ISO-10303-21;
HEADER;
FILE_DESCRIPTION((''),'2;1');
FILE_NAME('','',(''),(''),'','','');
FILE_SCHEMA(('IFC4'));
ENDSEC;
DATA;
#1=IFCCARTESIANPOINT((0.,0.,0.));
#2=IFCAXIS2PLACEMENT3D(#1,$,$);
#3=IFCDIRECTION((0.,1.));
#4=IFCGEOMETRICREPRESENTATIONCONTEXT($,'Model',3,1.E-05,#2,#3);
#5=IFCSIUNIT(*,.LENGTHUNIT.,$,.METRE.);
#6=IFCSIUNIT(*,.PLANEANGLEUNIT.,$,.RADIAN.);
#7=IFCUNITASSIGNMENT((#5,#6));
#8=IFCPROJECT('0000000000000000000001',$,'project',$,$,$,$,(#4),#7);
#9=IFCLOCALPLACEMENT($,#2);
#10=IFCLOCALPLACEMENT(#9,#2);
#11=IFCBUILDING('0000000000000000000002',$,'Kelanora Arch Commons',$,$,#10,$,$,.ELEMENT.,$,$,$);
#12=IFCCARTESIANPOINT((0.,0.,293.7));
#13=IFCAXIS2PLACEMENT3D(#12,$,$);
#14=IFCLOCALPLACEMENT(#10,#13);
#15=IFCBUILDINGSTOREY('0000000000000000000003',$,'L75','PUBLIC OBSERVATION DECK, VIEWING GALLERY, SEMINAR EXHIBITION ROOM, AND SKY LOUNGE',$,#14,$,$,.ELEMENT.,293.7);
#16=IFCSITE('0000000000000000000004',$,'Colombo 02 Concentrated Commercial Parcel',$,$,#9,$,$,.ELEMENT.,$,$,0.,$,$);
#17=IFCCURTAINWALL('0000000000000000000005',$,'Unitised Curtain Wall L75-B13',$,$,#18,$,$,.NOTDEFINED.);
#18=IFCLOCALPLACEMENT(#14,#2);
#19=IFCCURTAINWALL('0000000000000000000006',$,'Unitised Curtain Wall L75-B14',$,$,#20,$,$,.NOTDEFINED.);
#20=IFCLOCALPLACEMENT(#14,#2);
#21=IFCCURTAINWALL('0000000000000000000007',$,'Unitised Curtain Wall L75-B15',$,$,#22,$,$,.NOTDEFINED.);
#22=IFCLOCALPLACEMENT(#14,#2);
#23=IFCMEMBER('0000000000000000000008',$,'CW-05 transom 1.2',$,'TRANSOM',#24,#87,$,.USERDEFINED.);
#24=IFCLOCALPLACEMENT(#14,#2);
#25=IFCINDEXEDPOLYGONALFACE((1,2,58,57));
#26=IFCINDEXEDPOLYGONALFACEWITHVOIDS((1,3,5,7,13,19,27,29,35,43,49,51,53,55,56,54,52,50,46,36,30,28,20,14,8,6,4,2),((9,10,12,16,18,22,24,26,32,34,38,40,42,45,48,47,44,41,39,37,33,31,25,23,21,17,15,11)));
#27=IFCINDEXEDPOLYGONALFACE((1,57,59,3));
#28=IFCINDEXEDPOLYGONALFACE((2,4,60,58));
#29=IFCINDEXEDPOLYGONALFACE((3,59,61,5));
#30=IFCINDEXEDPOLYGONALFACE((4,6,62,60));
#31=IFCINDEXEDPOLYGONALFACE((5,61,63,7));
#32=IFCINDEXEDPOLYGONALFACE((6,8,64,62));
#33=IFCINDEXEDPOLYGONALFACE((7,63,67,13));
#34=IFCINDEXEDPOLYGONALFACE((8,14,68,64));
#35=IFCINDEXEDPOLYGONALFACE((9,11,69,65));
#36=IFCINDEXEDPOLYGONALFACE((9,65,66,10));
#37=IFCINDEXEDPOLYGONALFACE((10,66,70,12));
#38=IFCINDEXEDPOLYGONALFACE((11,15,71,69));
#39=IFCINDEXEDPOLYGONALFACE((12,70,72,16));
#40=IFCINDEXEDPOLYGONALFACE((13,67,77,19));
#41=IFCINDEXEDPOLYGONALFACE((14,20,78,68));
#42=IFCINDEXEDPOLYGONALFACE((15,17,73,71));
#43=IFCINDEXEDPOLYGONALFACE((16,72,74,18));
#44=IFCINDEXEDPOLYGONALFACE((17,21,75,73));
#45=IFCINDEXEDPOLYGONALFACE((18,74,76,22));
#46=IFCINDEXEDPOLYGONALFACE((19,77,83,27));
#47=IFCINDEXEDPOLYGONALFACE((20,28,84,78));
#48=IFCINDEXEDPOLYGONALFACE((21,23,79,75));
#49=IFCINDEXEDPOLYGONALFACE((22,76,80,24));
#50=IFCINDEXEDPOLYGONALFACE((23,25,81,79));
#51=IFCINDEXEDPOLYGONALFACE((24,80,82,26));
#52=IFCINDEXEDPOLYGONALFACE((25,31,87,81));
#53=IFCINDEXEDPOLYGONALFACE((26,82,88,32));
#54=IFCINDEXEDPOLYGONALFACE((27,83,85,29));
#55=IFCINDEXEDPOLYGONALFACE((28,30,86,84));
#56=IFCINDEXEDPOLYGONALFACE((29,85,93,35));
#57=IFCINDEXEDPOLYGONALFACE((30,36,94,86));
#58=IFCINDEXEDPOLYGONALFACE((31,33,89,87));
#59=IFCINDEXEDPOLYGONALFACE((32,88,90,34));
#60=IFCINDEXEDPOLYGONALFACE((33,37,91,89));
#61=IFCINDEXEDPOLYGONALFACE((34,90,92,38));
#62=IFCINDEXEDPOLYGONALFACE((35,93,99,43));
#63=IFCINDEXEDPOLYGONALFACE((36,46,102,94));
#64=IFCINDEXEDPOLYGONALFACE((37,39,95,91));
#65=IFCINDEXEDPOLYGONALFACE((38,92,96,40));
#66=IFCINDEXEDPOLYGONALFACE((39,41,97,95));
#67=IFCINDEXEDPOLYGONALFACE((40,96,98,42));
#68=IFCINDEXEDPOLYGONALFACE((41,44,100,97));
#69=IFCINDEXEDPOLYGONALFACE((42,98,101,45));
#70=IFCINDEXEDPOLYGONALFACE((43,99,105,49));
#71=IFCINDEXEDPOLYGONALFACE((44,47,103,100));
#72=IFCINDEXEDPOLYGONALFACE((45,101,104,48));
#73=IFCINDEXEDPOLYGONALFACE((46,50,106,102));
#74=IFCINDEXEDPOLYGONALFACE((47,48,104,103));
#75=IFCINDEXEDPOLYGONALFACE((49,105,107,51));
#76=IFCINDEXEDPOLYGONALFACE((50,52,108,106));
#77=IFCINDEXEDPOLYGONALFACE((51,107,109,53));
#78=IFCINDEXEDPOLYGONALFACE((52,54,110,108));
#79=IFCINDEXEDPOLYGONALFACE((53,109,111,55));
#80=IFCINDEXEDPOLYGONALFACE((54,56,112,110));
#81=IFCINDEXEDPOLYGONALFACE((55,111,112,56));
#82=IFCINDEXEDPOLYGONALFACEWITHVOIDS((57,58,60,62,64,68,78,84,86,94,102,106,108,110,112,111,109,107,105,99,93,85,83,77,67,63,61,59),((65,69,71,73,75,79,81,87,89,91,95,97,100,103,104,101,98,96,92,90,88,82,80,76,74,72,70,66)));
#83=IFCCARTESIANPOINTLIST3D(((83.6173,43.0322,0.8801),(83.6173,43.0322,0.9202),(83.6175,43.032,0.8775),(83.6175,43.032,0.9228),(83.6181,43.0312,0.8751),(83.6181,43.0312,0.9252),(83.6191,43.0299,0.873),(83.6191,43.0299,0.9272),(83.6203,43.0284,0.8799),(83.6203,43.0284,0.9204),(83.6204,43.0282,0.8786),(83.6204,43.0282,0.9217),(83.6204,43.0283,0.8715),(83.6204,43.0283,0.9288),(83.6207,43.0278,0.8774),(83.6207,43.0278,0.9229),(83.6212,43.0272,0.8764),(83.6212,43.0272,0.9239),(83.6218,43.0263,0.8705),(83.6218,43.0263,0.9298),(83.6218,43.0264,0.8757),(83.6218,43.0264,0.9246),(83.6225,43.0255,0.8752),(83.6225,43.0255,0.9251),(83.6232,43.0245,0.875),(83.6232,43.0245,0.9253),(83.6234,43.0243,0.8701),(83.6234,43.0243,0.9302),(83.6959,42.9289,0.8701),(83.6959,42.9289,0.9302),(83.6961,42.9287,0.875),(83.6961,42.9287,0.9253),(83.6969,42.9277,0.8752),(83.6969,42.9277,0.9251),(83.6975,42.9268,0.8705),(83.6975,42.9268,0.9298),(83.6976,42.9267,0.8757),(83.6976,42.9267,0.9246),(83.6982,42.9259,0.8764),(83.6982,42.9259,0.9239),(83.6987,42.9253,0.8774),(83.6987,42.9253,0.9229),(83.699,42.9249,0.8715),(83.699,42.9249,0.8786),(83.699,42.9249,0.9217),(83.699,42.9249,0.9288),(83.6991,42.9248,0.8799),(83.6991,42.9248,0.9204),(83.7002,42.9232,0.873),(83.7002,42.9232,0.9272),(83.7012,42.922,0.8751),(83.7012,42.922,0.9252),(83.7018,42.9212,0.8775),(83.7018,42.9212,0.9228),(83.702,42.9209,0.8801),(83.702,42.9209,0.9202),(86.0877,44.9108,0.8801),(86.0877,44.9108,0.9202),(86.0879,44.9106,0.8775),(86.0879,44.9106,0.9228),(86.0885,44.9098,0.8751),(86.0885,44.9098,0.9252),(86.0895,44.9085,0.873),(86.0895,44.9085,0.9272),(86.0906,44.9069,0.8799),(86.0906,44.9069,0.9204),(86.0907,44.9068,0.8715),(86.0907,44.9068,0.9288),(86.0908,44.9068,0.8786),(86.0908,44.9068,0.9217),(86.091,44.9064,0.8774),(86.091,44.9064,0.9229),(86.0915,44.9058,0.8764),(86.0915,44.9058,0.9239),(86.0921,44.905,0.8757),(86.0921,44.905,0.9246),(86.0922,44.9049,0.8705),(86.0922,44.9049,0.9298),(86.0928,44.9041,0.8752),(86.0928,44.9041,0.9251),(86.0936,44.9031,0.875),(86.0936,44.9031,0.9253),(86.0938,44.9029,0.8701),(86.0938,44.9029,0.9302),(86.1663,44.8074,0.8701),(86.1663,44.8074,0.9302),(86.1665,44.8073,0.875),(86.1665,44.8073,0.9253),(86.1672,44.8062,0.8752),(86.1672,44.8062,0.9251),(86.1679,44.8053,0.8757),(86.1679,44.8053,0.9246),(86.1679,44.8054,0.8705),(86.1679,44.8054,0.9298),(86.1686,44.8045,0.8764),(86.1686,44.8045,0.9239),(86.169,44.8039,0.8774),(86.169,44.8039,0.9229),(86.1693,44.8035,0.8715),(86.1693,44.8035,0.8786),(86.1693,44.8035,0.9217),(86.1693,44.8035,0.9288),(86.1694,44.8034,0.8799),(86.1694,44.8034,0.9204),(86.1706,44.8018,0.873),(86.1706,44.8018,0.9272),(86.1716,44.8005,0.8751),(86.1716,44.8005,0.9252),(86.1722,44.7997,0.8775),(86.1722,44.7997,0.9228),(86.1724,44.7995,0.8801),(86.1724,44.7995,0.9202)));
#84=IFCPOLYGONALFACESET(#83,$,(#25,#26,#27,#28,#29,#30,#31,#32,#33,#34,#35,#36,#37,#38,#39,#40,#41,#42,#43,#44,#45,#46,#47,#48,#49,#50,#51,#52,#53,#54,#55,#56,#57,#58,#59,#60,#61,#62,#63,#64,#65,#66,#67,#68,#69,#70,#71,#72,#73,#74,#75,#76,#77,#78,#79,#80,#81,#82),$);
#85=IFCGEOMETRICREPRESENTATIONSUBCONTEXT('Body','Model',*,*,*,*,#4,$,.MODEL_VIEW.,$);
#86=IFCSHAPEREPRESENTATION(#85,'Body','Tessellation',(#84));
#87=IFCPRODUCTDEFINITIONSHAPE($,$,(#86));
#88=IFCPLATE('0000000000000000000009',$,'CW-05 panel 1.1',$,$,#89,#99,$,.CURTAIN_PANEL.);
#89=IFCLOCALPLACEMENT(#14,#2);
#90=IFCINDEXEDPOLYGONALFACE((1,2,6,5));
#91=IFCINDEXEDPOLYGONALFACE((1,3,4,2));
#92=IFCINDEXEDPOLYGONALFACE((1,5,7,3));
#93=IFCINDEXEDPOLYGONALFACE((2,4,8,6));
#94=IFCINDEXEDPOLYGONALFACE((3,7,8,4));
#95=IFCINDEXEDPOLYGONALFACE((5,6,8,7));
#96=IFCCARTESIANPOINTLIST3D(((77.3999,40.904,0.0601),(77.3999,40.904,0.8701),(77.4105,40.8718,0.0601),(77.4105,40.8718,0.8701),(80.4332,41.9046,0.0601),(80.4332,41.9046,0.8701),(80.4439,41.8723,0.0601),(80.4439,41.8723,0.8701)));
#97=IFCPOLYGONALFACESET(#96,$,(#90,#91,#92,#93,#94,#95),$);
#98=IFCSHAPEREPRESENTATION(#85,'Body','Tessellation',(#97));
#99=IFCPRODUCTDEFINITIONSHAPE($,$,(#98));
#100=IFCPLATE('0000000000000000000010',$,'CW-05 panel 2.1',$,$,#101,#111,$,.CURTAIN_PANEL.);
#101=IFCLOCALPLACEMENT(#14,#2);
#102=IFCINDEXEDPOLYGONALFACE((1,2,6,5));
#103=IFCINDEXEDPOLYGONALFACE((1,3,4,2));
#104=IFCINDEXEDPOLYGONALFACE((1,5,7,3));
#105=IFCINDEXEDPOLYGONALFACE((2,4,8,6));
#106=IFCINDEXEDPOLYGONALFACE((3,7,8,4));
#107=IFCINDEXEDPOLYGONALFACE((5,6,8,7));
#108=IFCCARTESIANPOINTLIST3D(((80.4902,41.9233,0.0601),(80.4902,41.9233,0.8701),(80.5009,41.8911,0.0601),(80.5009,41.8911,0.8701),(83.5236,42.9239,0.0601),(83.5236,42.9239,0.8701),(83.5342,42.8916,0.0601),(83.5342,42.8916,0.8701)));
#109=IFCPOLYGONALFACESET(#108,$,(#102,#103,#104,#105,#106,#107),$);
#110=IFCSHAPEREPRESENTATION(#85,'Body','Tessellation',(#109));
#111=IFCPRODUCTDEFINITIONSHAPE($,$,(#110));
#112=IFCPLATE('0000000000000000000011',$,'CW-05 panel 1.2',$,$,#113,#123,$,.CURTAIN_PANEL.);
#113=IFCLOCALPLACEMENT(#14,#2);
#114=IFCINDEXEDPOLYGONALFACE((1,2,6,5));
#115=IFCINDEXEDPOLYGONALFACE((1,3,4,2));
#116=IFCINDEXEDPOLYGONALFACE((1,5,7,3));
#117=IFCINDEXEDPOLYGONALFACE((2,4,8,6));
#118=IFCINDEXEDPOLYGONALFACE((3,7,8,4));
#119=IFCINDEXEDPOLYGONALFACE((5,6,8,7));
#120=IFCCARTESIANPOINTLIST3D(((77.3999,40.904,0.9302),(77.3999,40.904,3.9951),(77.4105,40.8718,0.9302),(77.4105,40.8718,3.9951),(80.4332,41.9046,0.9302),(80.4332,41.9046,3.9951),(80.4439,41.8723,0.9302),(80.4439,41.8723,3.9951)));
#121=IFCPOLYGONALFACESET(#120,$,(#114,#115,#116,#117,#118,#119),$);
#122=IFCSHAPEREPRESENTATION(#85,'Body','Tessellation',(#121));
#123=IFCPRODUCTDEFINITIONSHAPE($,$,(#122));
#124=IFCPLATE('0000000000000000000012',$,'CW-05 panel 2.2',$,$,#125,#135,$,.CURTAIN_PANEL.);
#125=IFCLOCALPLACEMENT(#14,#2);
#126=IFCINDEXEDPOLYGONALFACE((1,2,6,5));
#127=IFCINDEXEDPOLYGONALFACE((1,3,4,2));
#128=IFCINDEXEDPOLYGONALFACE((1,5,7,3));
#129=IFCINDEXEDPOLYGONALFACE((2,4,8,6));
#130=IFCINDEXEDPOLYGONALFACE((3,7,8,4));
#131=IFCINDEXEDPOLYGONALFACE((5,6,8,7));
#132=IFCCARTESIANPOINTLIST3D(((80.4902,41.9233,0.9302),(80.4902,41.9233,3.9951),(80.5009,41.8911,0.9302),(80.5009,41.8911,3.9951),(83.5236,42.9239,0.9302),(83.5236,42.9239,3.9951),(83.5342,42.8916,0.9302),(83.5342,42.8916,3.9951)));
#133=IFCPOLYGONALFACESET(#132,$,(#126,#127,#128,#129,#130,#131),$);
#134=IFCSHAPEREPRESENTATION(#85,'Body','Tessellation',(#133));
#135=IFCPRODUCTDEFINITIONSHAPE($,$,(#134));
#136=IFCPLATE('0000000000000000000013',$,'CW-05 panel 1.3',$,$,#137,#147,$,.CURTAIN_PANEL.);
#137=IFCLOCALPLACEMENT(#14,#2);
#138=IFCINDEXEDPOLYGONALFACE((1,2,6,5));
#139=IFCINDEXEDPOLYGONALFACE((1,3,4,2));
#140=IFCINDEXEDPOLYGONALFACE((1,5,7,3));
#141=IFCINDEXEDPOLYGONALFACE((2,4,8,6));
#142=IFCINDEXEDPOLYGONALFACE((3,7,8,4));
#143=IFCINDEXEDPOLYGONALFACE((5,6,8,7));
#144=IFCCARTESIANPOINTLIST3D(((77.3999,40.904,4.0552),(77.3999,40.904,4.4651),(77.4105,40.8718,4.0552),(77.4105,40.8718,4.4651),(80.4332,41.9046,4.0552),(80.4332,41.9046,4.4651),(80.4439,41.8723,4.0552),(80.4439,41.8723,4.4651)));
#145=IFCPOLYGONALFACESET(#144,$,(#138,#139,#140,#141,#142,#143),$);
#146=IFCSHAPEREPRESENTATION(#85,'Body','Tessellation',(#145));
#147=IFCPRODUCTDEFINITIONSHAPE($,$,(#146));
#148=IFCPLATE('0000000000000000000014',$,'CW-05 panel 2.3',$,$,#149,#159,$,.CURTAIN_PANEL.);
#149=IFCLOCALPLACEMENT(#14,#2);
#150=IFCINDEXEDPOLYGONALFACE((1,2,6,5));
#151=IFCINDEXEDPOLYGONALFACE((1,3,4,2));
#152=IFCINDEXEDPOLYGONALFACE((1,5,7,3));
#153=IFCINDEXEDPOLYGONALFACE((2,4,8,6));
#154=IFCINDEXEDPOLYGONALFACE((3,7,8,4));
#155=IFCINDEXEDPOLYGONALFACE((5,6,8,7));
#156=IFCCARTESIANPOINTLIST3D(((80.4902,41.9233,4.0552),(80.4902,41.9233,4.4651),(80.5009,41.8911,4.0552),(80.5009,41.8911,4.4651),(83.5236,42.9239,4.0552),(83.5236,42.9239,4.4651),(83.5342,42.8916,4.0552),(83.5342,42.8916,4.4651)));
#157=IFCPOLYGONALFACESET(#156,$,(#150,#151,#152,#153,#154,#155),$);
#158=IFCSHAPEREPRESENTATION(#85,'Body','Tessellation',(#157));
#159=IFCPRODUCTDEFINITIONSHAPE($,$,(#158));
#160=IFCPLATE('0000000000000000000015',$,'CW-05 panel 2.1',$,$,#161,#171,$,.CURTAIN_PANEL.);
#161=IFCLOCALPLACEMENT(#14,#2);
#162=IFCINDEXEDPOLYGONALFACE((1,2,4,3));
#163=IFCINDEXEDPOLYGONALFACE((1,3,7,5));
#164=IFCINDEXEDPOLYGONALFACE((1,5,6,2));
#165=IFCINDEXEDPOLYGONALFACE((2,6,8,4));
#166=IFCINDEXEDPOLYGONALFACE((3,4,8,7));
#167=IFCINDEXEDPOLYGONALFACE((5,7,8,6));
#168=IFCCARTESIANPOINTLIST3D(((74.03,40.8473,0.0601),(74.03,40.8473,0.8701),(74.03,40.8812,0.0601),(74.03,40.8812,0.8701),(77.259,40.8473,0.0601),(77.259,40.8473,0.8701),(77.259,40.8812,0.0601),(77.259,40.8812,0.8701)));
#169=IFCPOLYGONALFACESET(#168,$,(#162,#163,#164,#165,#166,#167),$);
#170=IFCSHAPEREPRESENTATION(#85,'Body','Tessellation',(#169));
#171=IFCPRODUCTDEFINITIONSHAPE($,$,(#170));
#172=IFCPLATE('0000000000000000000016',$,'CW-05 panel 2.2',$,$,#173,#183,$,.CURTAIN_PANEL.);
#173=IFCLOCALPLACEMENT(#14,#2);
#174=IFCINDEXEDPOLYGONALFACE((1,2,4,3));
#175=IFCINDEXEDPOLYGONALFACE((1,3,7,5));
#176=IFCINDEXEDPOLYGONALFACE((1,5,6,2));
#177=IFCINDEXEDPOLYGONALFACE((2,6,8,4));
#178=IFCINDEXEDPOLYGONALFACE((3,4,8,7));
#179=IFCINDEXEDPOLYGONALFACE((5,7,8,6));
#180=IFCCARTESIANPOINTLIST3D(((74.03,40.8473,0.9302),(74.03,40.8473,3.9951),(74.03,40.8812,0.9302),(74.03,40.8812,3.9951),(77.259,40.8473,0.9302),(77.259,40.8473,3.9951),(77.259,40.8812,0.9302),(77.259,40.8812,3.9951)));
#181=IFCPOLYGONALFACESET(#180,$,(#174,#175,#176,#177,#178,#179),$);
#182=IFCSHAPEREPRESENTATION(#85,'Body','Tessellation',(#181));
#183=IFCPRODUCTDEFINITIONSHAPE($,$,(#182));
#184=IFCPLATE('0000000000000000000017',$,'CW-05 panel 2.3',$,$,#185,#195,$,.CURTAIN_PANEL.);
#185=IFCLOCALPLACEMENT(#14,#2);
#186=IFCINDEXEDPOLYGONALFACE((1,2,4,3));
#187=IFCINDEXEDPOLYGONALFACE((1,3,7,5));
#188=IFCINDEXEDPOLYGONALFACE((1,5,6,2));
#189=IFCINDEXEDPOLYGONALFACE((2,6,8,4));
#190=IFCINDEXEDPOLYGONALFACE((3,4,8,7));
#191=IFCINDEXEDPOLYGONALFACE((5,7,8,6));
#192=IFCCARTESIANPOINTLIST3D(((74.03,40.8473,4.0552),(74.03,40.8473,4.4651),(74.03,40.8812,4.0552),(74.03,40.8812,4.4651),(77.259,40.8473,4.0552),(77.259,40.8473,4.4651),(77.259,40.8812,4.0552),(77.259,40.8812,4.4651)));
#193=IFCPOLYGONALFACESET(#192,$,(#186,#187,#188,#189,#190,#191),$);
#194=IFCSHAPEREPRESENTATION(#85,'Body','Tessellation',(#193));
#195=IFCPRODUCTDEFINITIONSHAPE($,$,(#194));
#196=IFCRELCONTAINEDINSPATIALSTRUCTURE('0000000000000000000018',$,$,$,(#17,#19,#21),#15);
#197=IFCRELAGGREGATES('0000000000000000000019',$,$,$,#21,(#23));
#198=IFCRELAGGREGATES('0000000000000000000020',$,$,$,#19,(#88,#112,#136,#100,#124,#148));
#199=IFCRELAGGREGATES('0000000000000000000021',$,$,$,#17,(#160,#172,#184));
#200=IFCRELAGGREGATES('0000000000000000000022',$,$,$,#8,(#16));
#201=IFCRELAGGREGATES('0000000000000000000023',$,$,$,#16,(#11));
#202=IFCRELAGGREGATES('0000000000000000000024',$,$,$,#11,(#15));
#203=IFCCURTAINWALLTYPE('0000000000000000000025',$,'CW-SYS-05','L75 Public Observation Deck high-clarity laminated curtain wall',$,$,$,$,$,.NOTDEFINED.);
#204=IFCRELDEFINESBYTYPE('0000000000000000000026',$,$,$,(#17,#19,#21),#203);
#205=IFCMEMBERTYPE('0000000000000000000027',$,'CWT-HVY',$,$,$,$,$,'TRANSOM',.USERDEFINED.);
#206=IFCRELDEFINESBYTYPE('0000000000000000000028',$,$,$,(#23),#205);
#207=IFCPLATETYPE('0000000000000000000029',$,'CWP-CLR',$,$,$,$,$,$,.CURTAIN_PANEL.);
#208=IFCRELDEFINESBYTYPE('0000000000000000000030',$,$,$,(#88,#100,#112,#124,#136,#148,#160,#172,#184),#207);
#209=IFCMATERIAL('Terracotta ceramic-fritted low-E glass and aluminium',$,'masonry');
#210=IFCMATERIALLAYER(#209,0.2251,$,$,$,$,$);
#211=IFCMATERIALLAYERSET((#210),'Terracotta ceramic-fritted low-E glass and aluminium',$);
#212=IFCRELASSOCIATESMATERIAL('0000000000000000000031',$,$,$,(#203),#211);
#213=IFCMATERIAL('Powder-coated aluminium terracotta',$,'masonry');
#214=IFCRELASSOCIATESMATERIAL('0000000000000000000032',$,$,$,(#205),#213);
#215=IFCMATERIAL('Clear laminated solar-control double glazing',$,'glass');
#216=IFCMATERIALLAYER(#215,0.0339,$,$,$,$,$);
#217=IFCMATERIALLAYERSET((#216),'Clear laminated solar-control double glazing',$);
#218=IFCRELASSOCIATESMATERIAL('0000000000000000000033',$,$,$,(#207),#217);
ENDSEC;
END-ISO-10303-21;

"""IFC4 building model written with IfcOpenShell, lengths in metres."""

from ifc_helpers import new_model, si_unit, direction, frame, origin, origin_2d, place, context, subcontext, project, spatial, rectangle, hollow_rectangle, extrude, source, transform, mapped, material, layer, layer_set, material_profile, profile_set, type_object, element, aggregate, save


model = new_model("IFC4")

# Units and contexts
model_context = context("Model", 3, precision=1e-05, world=origin(), true_north=direction((0.0, 1.0)))
body_context = subcontext(model_context, "Body", "Model", "MODEL_VIEW")
ifc_project = project(units=[si_unit("LENGTHUNIT", "METRE"), si_unit("PLANEANGLEUNIT", "RADIAN")], contexts=[model_context])

# Site, building, storey
site_placement = place(None, origin())
site = spatial("IfcSite", under=ifc_project, at=site_placement, Name="Colombo 02 Concentrated Commercial Parcel", CompositionType="ELEMENT", RefElevation=0.0)
building_placement = place(site_placement, origin())
building = spatial("IfcBuilding", under=site, at=building_placement, Name="Kelanora Arch Commons", CompositionType="ELEMENT")
storey_placement = place(building_placement, frame((0.0, 0.0, 293.7)))
storey = spatial("IfcBuildingStorey", under=building, at=storey_placement, Name="L75", Description="PUBLIC OBSERVATION DECK, VIEWING GALLERY, SEMINAR EXHIBITION ROOM, AND SKY LOUNGE", CompositionType="ELEMENT", Elevation=293.7)

# Curtain walls
ifc_material_1 = material(Name="Terracotta ceramic-fritted low-E glass and aluminium", Category="masonry")
ifc_layer_1 = layer(ifc_material_1, 0.2251)
ifc_layer_set_1 = layer_set([ifc_layer_1], Name="Terracotta ceramic-fritted low-E glass and aluminium")
curtain_wall_type = type_object("IfcCurtainWallType", Name="CW-SYS-05", Description="L75 Public Observation Deck high-clarity laminated curtain wall", PredefinedType="NOTDEFINED", material=ifc_layer_set_1)
curtain_wall_1_placement = place(storey_placement, origin())
curtain_wall_1 = element("IfcCurtainWall", 1, at=curtain_wall_1_placement, inside=storey, type_object=curtain_wall_type, Name="Unitised Curtain Wall L75-B13", PredefinedType="NOTDEFINED")
ifc_material_2 = material(Name="Powder-coated aluminium terracotta", Category="masonry")
curtain_wall_2_placement = place(storey_placement, origin())
curtain_wall_2 = element("IfcCurtainWall", 2, at=curtain_wall_2_placement, inside=storey, type_object=curtain_wall_type, Name="Unitised Curtain Wall L75-B14", PredefinedType="NOTDEFINED")

# Curtain wall
curtain_wall_3_placement = place(storey_placement, origin())
curtain_wall_3 = element("IfcCurtainWall", 3, at=curtain_wall_3_placement, inside=storey, type_object=curtain_wall_type, Name="Unitised Curtain Wall L75-B15", PredefinedType="NOTDEFINED")

# Member
ifc_material_profile_1 = material_profile(ifc_material_2, hollow_rectangle(XDim=0.1399, YDim=0.0601, WallThickness=0.0049, InnerFilletRadius=0.0049, OuterFilletRadius=0.01, at=origin_2d()), Name="CWT140x60")
ifc_profile_set_1 = profile_set([ifc_material_profile_1], Name="Powder-coated aluminium terracotta")
member_type_1 = type_object("IfcMemberType", Name="CWT-HVY", ElementType="TRANSOM", PredefinedType="USERDEFINED", material=ifc_profile_set_1)
member_1_placement = place(storey_placement, frame((83.6597, 42.9766, 0.9001), z_axis=(0.795989, 0.605311, 0.0), x_axis=(-0.605311, 0.795989, 0.0)))
member_1 = element("IfcMember", 4, at=member_1_placement, type_object=member_type_1, Name="CW-05 transom 1.2", ObjectType="TRANSOM", PredefinedType="USERDEFINED", context=body_context, shape_type="SweptSolid", body=[
    extrude(hollow_rectangle(XDim=0.1399, YDim=0.0601, WallThickness=0.0049, InnerFilletRadius=0.0049, OuterFilletRadius=0.01, at=origin_2d()), origin(), (0.0, 0.0, 1.0), 3.1035),
])
aggregate(curtain_wall_3, [member_1])

# Plates
ifc_material_3 = material(Name="Clear laminated solar-control double glazing", Category="glass")
ifc_layer_2 = layer(ifc_material_3, 0.0339)
ifc_layer_set_2 = layer_set([ifc_layer_2], Name="Clear laminated solar-control double glazing")
plate_type = type_object("IfcPlateType", Name="CWP-CLR", PredefinedType="CURTAIN_PANEL", material=ifc_layer_set_2)
shared_shape_1 = source(origin(), body_context, "Body", "SweptSolid", [
    extrude(rectangle(XDim=3.1941, YDim=0.0339, at=origin_2d()), origin(), (0.0, 0.0, 1.0), 0.8101),
])
plate_1_placement = place(storey_placement, frame((78.9219, 41.3882, 0.0601), z_axis=(0.0, 0.0, 1.0), x_axis=(0.94967, 0.313253, 0.0)))
plate_1 = element("IfcPlate", 5, at=plate_1_placement, type_object=plate_type, Name="CW-05 panel 1.1", PredefinedType="CURTAIN_PANEL", context=body_context, shape_type="MappedRepresentation", body=[
    mapped(shared_shape_1, transform((0.0, 0.0, 0.0), scale=1.0)),
])
plate_2_placement = place(storey_placement, frame((82.0122, 42.4075, 0.0601), z_axis=(0.0, 0.0, 1.0), x_axis=(0.94967, 0.313253, 0.0)))
plate_2 = element("IfcPlate", 6, at=plate_2_placement, type_object=plate_type, Name="CW-05 panel 2.1", PredefinedType="CURTAIN_PANEL", context=body_context, shape_type="MappedRepresentation", body=[
    mapped(shared_shape_1, transform((0.0, 0.0, 0.0), scale=1.0)),
])
shared_shape_2 = source(origin(), body_context, "Body", "SweptSolid", [
    extrude(rectangle(XDim=3.1941, YDim=0.0339, at=origin_2d()), origin(), (0.0, 0.0, 1.0), 3.0649),
])
plate_3_placement = place(storey_placement, frame((78.9219, 41.3882, 0.9302), z_axis=(0.0, 0.0, 1.0), x_axis=(0.94967, 0.313253, 0.0)))
plate_3 = element("IfcPlate", 7, at=plate_3_placement, type_object=plate_type, Name="CW-05 panel 1.2", PredefinedType="CURTAIN_PANEL", context=body_context, shape_type="MappedRepresentation", body=[
    mapped(shared_shape_2, transform((0.0, 0.0, 0.0), scale=1.0)),
])
plate_4_placement = place(storey_placement, frame((82.0122, 42.4075, 0.9302), z_axis=(0.0, 0.0, 1.0), x_axis=(0.94967, 0.313253, 0.0)))
plate_4 = element("IfcPlate", 8, at=plate_4_placement, type_object=plate_type, Name="CW-05 panel 2.2", PredefinedType="CURTAIN_PANEL", context=body_context, shape_type="MappedRepresentation", body=[
    mapped(shared_shape_2, transform((0.0, 0.0, 0.0), scale=1.0)),
])
shared_shape_3 = source(origin(), body_context, "Body", "SweptSolid", [
    extrude(rectangle(XDim=3.1941, YDim=0.0339, at=origin_2d()), origin(), (0.0, 0.0, 1.0), 0.4099),
])
plate_5_placement = place(storey_placement, frame((78.9219, 41.3882, 4.0552), z_axis=(0.0, 0.0, 1.0), x_axis=(0.94967, 0.313253, 0.0)))
plate_5 = element("IfcPlate", 9, at=plate_5_placement, type_object=plate_type, Name="CW-05 panel 1.3", PredefinedType="CURTAIN_PANEL", context=body_context, shape_type="MappedRepresentation", body=[
    mapped(shared_shape_3, transform((0.0, 0.0, 0.0), scale=1.0)),
])
plate_6_placement = place(storey_placement, frame((82.0122, 42.4075, 4.0552), z_axis=(0.0, 0.0, 1.0), x_axis=(0.94967, 0.313253, 0.0)))
plate_6 = element("IfcPlate", 10, at=plate_6_placement, type_object=plate_type, Name="CW-05 panel 2.3", PredefinedType="CURTAIN_PANEL", context=body_context, shape_type="MappedRepresentation", body=[
    mapped(shared_shape_3, transform((0.0, 0.0, 0.0), scale=1.0)),
])
aggregate(curtain_wall_2, [plate_1, plate_3, plate_5, plate_2, plate_4, plate_6])
shared_shape_4 = source(origin(), body_context, "Body", "SweptSolid", [
    extrude(rectangle(XDim=3.229, YDim=0.0339, at=origin_2d()), origin(), (0.0, 0.0, 1.0), 0.8101),
])
plate_7_placement = place(storey_placement, frame((75.6445, 40.8643, 0.0601), z_axis=(0.0, 0.0, 1.0), x_axis=(1.0, 0.0, 0.0)))
plate_7 = element("IfcPlate", 11, at=plate_7_placement, type_object=plate_type, Name="CW-05 panel 2.1", PredefinedType="CURTAIN_PANEL", context=body_context, shape_type="MappedRepresentation", body=[
    mapped(shared_shape_4, transform((0.0, 0.0, 0.0), scale=1.0)),
])
shared_shape_5 = source(origin(), body_context, "Body", "SweptSolid", [
    extrude(rectangle(XDim=3.229, YDim=0.0339, at=origin_2d()), origin(), (0.0, 0.0, 1.0), 3.0649),
])
plate_8_placement = place(storey_placement, frame((75.6445, 40.8643, 0.9302), z_axis=(0.0, 0.0, 1.0), x_axis=(1.0, 0.0, 0.0)))
plate_8 = element("IfcPlate", 12, at=plate_8_placement, type_object=plate_type, Name="CW-05 panel 2.2", PredefinedType="CURTAIN_PANEL", context=body_context, shape_type="MappedRepresentation", body=[
    mapped(shared_shape_5, transform((0.0, 0.0, 0.0), scale=1.0)),
])
shared_shape_6 = source(origin(), body_context, "Body", "SweptSolid", [
    extrude(rectangle(XDim=3.229, YDim=0.0339, at=origin_2d()), origin(), (0.0, 0.0, 1.0), 0.4099),
])
plate_9_placement = place(storey_placement, frame((75.6445, 40.8643, 4.0552), z_axis=(0.0, 0.0, 1.0), x_axis=(1.0, 0.0, 0.0)))
plate_9 = element("IfcPlate", 13, at=plate_9_placement, type_object=plate_type, Name="CW-05 panel 2.3", PredefinedType="CURTAIN_PANEL", context=body_context, shape_type="MappedRepresentation", body=[
    mapped(shared_shape_6, transform((0.0, 0.0, 0.0), scale=1.0)),
])
aggregate(curtain_wall_1, [plate_7, plate_8, plate_9])

save(model, "model.ifc")
